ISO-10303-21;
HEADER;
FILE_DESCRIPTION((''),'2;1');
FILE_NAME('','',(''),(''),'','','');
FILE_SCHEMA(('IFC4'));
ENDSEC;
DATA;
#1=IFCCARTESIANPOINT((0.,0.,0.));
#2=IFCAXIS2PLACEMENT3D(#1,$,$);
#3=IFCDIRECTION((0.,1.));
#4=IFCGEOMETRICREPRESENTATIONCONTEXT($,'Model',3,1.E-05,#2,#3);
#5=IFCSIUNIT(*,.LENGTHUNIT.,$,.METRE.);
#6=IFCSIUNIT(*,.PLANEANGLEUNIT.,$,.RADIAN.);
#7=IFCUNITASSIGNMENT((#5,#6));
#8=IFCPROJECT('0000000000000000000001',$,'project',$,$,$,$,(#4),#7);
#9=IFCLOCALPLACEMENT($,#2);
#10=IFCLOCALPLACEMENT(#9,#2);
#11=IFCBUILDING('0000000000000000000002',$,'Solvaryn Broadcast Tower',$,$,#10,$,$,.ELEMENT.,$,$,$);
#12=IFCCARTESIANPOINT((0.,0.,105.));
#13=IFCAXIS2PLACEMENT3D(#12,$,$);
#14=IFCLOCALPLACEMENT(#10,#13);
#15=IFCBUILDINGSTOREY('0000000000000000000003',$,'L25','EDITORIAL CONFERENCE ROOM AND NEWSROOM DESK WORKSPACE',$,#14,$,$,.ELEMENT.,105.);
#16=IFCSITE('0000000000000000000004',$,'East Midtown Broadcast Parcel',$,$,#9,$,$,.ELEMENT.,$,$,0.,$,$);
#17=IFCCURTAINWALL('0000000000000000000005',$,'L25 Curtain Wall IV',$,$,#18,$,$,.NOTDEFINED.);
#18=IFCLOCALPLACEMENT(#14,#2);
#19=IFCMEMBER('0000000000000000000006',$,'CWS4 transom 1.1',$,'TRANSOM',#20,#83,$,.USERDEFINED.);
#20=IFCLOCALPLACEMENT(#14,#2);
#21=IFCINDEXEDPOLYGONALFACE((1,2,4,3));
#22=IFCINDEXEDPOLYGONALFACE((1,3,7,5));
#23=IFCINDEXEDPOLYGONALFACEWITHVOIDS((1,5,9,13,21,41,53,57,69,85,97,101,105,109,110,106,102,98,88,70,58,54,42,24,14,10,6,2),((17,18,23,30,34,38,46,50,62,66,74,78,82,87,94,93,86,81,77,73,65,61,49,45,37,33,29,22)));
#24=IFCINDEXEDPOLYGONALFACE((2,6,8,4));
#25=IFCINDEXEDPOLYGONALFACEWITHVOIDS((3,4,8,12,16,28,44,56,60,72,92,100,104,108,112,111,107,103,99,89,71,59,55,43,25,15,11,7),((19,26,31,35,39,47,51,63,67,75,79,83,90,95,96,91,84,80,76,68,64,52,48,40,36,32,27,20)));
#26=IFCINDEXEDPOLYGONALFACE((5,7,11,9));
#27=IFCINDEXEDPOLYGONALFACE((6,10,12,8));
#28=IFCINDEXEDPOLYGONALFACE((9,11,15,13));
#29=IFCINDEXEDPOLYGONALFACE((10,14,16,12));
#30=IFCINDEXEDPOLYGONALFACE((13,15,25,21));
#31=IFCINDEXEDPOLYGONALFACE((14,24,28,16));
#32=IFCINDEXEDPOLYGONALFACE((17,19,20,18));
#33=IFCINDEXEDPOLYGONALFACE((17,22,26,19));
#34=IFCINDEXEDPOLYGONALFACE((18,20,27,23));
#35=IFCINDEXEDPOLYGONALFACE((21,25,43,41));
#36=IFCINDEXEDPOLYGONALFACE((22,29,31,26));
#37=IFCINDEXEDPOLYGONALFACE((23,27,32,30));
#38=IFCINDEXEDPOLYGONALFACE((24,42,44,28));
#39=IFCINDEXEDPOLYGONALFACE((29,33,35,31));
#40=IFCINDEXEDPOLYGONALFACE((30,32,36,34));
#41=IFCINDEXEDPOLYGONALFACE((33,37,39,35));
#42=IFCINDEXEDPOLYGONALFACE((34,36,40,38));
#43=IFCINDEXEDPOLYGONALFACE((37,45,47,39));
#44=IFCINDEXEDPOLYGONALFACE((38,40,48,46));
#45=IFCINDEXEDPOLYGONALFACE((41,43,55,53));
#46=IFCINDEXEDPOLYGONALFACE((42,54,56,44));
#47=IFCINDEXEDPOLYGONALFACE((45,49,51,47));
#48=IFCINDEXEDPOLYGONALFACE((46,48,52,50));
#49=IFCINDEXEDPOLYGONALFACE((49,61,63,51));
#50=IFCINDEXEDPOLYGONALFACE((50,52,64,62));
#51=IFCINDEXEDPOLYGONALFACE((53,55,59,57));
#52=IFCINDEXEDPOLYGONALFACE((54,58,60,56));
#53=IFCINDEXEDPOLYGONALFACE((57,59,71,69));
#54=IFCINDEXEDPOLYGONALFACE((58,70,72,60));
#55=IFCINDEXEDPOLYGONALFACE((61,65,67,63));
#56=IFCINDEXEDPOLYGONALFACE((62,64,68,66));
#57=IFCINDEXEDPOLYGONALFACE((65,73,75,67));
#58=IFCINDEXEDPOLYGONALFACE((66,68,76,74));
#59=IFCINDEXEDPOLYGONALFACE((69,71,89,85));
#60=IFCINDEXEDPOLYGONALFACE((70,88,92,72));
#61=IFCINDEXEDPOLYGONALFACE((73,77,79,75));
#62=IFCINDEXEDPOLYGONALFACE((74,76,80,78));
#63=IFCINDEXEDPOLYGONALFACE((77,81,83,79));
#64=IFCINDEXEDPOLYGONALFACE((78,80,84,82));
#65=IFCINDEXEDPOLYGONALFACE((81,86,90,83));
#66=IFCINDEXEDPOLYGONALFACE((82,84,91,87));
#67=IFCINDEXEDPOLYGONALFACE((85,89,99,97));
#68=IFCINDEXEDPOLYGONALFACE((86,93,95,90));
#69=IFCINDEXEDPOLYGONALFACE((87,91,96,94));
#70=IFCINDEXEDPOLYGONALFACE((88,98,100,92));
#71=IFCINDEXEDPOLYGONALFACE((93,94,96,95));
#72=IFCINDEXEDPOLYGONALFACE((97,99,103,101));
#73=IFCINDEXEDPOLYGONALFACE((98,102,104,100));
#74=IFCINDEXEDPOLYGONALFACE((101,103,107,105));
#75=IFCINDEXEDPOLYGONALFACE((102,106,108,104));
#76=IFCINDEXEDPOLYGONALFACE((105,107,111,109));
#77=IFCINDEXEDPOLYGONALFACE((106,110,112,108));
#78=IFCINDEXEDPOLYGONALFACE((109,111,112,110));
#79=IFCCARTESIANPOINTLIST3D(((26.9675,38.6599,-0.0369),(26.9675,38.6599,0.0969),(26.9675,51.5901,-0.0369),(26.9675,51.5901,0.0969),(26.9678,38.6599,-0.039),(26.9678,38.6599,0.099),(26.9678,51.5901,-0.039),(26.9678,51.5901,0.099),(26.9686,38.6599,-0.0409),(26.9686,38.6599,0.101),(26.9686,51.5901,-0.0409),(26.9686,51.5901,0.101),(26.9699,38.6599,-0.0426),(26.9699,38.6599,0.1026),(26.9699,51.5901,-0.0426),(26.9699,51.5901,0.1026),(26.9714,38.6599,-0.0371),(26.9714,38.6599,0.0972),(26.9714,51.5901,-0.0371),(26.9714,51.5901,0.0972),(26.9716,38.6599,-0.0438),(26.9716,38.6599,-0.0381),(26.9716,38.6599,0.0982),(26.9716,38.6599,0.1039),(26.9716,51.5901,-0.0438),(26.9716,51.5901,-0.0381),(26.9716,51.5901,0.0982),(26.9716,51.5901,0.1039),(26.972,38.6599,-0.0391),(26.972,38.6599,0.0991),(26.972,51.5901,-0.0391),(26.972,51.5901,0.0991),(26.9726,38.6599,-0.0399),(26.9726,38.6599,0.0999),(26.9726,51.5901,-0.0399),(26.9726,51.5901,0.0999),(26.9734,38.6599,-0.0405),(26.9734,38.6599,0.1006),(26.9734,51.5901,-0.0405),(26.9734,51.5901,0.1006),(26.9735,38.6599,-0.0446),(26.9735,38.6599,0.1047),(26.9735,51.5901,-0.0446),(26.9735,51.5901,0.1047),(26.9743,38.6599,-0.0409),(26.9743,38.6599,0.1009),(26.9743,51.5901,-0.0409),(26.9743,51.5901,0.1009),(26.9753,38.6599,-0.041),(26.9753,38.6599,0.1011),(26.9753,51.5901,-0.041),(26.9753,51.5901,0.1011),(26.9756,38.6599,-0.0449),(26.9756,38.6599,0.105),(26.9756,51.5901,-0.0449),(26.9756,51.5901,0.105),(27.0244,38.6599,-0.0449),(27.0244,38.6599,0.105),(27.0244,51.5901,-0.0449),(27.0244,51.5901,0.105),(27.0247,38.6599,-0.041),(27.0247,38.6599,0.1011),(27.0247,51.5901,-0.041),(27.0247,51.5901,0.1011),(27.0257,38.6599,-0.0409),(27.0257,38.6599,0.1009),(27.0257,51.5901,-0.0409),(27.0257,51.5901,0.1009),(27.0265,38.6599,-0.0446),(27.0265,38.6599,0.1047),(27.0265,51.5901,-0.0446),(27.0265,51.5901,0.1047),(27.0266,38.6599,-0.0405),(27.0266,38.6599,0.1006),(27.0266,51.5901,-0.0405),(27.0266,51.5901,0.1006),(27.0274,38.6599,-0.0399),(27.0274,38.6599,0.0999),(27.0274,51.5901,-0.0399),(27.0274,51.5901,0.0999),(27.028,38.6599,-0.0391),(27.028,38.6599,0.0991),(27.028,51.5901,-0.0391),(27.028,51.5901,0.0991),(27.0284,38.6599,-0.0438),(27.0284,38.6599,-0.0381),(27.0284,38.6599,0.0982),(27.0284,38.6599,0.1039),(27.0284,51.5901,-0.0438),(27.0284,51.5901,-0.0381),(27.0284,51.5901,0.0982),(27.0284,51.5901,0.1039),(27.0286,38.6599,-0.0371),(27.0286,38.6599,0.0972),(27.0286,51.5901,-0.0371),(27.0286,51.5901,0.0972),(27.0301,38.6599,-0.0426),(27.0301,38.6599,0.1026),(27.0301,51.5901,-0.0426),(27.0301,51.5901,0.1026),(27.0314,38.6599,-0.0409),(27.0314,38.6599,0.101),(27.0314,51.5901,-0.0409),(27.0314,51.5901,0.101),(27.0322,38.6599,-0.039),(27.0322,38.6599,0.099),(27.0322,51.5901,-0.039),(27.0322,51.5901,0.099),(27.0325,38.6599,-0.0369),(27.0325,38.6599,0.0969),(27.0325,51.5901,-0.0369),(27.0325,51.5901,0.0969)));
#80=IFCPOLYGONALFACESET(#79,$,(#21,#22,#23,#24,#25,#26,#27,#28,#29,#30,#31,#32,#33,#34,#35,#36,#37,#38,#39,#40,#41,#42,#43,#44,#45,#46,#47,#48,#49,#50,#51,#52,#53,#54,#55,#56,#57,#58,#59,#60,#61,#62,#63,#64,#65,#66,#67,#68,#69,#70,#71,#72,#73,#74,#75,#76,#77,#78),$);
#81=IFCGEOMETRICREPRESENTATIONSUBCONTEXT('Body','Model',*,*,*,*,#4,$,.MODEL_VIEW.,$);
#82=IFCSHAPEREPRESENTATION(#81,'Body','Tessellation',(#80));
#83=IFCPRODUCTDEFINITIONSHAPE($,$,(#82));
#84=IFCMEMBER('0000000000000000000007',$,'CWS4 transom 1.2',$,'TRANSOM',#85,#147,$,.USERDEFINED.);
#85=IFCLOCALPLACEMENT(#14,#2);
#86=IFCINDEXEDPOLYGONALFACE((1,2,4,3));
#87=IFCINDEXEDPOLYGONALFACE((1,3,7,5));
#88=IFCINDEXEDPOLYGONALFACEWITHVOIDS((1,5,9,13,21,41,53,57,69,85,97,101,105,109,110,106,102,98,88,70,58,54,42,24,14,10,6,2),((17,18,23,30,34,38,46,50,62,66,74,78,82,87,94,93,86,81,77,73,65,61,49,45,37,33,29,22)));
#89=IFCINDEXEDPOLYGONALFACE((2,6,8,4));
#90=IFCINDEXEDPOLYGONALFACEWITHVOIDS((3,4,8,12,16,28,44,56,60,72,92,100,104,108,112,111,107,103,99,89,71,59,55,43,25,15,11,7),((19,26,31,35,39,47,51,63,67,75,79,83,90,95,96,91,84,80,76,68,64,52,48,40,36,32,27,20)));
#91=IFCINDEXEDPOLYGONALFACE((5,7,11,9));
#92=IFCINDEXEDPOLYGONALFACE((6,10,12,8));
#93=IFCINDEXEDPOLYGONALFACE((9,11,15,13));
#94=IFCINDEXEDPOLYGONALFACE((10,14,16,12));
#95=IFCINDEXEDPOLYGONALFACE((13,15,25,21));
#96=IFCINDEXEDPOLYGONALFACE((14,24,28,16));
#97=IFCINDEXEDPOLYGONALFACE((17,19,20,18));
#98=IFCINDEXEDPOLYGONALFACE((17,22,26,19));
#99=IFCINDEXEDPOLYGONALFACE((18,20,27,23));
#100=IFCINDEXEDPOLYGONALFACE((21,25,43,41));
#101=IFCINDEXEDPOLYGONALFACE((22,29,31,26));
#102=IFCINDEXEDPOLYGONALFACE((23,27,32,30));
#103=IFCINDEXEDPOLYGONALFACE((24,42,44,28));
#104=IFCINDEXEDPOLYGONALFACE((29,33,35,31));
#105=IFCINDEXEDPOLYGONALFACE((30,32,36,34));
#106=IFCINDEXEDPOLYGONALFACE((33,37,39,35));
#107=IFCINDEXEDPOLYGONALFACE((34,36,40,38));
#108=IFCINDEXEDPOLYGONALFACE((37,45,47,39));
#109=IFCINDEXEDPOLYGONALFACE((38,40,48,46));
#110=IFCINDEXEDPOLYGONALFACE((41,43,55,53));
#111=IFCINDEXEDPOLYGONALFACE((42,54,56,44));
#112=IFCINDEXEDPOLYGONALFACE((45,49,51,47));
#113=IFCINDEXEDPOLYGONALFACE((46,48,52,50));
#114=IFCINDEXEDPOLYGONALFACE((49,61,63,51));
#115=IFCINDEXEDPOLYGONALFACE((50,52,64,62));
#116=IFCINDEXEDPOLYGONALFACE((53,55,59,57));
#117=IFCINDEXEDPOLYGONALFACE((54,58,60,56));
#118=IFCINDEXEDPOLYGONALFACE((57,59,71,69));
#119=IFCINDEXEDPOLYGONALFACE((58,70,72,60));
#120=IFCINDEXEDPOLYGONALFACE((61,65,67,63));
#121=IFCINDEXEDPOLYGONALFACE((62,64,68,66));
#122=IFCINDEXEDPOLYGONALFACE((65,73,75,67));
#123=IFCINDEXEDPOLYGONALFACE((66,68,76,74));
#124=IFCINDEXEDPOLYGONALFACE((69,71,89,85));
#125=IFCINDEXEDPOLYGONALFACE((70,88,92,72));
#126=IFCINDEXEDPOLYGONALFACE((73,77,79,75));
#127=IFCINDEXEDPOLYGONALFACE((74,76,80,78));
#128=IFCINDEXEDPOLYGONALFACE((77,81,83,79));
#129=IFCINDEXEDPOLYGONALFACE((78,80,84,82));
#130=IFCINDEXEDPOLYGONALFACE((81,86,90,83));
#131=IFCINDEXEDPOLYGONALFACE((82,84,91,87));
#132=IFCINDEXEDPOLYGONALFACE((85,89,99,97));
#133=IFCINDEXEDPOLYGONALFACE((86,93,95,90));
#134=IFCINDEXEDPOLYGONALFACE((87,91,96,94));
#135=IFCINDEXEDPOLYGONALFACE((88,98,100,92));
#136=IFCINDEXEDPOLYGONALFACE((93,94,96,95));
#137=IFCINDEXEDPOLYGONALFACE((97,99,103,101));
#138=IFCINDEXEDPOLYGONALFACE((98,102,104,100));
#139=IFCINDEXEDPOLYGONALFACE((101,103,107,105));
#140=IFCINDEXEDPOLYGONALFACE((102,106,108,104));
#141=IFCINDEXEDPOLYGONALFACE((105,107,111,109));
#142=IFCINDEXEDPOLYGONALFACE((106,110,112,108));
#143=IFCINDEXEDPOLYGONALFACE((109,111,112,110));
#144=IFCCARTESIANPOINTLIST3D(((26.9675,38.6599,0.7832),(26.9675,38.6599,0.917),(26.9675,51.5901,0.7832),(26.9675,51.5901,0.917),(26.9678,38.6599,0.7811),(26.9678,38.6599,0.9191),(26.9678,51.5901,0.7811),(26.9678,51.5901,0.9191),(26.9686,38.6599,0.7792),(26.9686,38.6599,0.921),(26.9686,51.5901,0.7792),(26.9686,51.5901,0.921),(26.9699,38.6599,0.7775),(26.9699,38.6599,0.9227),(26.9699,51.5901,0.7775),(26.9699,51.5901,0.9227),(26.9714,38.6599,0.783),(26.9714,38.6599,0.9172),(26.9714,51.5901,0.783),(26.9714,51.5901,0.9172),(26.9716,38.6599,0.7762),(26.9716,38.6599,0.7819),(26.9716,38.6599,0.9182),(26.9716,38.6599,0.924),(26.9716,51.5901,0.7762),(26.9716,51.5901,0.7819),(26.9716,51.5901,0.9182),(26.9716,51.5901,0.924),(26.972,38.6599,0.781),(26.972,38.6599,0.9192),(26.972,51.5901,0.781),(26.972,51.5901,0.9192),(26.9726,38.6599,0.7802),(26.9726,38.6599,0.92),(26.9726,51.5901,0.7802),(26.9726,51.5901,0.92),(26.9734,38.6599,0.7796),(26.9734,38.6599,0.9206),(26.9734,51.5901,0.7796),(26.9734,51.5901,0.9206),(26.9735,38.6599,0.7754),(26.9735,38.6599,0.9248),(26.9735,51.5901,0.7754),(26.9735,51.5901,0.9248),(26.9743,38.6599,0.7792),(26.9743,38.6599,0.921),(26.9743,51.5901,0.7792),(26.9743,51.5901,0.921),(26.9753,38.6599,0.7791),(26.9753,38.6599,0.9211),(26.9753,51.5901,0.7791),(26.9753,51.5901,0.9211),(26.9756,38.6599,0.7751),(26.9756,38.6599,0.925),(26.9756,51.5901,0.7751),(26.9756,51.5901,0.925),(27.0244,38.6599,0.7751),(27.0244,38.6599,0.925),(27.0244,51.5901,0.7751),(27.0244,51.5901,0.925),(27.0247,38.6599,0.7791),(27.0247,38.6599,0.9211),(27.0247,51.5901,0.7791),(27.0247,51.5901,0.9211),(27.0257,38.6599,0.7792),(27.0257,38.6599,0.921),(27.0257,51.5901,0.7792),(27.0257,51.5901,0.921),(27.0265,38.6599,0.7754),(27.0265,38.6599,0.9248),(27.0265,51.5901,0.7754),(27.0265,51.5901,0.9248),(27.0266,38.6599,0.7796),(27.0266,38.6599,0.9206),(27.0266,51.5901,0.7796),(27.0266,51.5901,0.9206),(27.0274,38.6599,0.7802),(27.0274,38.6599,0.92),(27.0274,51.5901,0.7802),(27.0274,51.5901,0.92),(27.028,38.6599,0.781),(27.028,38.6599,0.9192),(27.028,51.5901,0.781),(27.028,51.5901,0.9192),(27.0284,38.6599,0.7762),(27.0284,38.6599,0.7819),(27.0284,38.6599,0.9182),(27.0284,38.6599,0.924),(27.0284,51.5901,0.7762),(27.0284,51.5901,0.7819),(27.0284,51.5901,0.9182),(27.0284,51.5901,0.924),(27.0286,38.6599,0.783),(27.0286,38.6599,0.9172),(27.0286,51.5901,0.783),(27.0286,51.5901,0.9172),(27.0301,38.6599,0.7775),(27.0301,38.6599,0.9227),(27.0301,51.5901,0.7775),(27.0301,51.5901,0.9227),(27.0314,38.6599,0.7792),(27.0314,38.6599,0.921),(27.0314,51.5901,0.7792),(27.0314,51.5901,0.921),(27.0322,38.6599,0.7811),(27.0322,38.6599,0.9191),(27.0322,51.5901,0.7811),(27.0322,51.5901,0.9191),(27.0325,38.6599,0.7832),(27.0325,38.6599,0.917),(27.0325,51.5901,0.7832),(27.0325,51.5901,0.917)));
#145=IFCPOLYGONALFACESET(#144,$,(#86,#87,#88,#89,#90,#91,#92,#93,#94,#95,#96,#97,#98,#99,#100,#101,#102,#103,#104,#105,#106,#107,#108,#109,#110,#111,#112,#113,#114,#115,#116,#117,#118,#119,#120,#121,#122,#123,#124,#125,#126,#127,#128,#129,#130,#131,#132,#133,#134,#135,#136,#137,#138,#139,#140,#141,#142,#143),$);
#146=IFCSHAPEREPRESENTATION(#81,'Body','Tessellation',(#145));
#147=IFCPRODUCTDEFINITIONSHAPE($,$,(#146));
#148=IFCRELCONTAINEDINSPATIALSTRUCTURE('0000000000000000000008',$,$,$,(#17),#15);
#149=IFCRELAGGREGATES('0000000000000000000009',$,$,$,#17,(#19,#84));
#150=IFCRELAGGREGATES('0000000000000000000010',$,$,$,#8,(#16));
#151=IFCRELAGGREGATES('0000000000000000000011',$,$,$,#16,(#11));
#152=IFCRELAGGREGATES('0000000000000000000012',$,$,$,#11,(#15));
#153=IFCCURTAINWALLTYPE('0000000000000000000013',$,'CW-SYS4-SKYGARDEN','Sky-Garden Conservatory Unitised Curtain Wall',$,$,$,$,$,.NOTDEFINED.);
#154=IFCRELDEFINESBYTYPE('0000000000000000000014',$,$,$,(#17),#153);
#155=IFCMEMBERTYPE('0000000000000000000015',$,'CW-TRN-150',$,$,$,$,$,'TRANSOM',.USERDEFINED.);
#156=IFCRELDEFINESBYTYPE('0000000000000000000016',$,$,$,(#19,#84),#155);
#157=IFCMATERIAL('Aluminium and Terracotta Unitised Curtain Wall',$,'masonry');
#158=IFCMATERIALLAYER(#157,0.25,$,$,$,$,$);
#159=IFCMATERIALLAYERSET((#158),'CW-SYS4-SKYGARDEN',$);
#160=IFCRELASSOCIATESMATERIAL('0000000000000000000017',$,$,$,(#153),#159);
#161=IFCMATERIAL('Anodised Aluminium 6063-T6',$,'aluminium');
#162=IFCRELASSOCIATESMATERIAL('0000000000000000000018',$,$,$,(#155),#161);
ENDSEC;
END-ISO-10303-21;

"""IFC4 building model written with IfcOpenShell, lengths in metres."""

from ifc_helpers import new_model, si_unit, direction, frame, origin, origin_2d, place, context, subcontext, project, spatial, hollow_rectangle, extrude, material, layer, layer_set, material_profile, profile_set, type_object, element, aggregate, save


model = new_model("IFC4")

# Units and contexts
model_context = context("Model", 3, precision=1e-05, world=origin(), true_north=direction((0.0, 1.0)))
body_context = subcontext(model_context, "Body", "Model", "MODEL_VIEW")
ifc_project = project(units=[si_unit("LENGTHUNIT", "METRE"), si_unit("PLANEANGLEUNIT", "RADIAN")], contexts=[model_context])

# Site, building, storey
site_placement = place(None, origin())
site = spatial("IfcSite", under=ifc_project, at=site_placement, Name="East Midtown Broadcast Parcel", CompositionType="ELEMENT", RefElevation=0.0)
building_placement = place(site_placement, origin())
building = spatial("IfcBuilding", under=site, at=building_placement, Name="Solvaryn Broadcast Tower", CompositionType="ELEMENT")
storey_placement = place(building_placement, frame((0.0, 0.0, 105.0)))
storey = spatial("IfcBuildingStorey", under=building, at=storey_placement, Name="L25", Description="EDITORIAL CONFERENCE ROOM AND NEWSROOM DESK WORKSPACE", CompositionType="ELEMENT", Elevation=105.0)

# Curtain wall
ifc_material_1 = material(Name="Aluminium and Terracotta Unitised Curtain Wall", Category="masonry")
ifc_layer_1 = layer(ifc_material_1, 0.25)
ifc_layer_set_1 = layer_set([ifc_layer_1], Name="CW-SYS4-SKYGARDEN")
curtain_wall_type = type_object("IfcCurtainWallType", Name="CW-SYS4-SKYGARDEN", Description="Sky-Garden Conservatory Unitised Curtain Wall", PredefinedType="NOTDEFINED", material=ifc_layer_set_1)
curtain_wall_1_placement = place(storey_placement, origin())
curtain_wall_1 = element("IfcCurtainWall", 1, at=curtain_wall_1_placement, inside=storey, type_object=curtain_wall_type, Name="L25 Curtain Wall IV", PredefinedType="NOTDEFINED")

# Members
ifc_material_2 = material(Name="Anodised Aluminium 6063-T6", Category="aluminium")
ifc_material_profile_1 = material_profile(ifc_material_2, hollow_rectangle(XDim=0.0649, YDim=0.1499, WallThickness=0.0039, InnerFilletRadius=0.0039, OuterFilletRadius=0.0081, at=origin_2d()))
ifc_profile_set_1 = profile_set([ifc_material_profile_1], Name="Anodised Aluminium 6063-T6")
member_type_1 = type_object("IfcMemberType", Name="CW-TRN-150", ElementType="TRANSOM", PredefinedType="USERDEFINED", material=ifc_profile_set_1)
member_1_placement = place(storey_placement, frame((27.0, 51.5901, 0.03), z_axis=(0.0, -1.0, 0.0), x_axis=(1.0, 0.0, 0.0)))
member_1 = element("IfcMember", 2, at=member_1_placement, type_object=member_type_1, Name="CWS4 transom 1.1", ObjectType="TRANSOM", PredefinedType="USERDEFINED", context=body_context, shape_type="SweptSolid", body=[
    extrude(hollow_rectangle(XDim=0.0649, YDim=0.1499, WallThickness=0.0039, InnerFilletRadius=0.0039, OuterFilletRadius=0.0081, at=origin_2d()), origin(), (0.0, 0.0, 1.0), 12.9302),
])
member_2_placement = place(storey_placement, frame((27.0, 51.5901, 0.8501), z_axis=(0.0, -1.0, 0.0), x_axis=(1.0, 0.0, 0.0)))
member_2 = element("IfcMember", 3, at=member_2_placement, type_object=member_type_1, Name="CWS4 transom 1.2", ObjectType="TRANSOM", PredefinedType="USERDEFINED", context=body_context, shape_type="SweptSolid", body=[
    extrude(hollow_rectangle(XDim=0.0649, YDim=0.1499, WallThickness=0.0039, InnerFilletRadius=0.0039, OuterFilletRadius=0.0081, at=origin_2d()), origin(), (0.0, 0.0, 1.0), 12.9302),
])

aggregate(curtain_wall_1, [member_1, member_2])

save(model, "model.ifc")
